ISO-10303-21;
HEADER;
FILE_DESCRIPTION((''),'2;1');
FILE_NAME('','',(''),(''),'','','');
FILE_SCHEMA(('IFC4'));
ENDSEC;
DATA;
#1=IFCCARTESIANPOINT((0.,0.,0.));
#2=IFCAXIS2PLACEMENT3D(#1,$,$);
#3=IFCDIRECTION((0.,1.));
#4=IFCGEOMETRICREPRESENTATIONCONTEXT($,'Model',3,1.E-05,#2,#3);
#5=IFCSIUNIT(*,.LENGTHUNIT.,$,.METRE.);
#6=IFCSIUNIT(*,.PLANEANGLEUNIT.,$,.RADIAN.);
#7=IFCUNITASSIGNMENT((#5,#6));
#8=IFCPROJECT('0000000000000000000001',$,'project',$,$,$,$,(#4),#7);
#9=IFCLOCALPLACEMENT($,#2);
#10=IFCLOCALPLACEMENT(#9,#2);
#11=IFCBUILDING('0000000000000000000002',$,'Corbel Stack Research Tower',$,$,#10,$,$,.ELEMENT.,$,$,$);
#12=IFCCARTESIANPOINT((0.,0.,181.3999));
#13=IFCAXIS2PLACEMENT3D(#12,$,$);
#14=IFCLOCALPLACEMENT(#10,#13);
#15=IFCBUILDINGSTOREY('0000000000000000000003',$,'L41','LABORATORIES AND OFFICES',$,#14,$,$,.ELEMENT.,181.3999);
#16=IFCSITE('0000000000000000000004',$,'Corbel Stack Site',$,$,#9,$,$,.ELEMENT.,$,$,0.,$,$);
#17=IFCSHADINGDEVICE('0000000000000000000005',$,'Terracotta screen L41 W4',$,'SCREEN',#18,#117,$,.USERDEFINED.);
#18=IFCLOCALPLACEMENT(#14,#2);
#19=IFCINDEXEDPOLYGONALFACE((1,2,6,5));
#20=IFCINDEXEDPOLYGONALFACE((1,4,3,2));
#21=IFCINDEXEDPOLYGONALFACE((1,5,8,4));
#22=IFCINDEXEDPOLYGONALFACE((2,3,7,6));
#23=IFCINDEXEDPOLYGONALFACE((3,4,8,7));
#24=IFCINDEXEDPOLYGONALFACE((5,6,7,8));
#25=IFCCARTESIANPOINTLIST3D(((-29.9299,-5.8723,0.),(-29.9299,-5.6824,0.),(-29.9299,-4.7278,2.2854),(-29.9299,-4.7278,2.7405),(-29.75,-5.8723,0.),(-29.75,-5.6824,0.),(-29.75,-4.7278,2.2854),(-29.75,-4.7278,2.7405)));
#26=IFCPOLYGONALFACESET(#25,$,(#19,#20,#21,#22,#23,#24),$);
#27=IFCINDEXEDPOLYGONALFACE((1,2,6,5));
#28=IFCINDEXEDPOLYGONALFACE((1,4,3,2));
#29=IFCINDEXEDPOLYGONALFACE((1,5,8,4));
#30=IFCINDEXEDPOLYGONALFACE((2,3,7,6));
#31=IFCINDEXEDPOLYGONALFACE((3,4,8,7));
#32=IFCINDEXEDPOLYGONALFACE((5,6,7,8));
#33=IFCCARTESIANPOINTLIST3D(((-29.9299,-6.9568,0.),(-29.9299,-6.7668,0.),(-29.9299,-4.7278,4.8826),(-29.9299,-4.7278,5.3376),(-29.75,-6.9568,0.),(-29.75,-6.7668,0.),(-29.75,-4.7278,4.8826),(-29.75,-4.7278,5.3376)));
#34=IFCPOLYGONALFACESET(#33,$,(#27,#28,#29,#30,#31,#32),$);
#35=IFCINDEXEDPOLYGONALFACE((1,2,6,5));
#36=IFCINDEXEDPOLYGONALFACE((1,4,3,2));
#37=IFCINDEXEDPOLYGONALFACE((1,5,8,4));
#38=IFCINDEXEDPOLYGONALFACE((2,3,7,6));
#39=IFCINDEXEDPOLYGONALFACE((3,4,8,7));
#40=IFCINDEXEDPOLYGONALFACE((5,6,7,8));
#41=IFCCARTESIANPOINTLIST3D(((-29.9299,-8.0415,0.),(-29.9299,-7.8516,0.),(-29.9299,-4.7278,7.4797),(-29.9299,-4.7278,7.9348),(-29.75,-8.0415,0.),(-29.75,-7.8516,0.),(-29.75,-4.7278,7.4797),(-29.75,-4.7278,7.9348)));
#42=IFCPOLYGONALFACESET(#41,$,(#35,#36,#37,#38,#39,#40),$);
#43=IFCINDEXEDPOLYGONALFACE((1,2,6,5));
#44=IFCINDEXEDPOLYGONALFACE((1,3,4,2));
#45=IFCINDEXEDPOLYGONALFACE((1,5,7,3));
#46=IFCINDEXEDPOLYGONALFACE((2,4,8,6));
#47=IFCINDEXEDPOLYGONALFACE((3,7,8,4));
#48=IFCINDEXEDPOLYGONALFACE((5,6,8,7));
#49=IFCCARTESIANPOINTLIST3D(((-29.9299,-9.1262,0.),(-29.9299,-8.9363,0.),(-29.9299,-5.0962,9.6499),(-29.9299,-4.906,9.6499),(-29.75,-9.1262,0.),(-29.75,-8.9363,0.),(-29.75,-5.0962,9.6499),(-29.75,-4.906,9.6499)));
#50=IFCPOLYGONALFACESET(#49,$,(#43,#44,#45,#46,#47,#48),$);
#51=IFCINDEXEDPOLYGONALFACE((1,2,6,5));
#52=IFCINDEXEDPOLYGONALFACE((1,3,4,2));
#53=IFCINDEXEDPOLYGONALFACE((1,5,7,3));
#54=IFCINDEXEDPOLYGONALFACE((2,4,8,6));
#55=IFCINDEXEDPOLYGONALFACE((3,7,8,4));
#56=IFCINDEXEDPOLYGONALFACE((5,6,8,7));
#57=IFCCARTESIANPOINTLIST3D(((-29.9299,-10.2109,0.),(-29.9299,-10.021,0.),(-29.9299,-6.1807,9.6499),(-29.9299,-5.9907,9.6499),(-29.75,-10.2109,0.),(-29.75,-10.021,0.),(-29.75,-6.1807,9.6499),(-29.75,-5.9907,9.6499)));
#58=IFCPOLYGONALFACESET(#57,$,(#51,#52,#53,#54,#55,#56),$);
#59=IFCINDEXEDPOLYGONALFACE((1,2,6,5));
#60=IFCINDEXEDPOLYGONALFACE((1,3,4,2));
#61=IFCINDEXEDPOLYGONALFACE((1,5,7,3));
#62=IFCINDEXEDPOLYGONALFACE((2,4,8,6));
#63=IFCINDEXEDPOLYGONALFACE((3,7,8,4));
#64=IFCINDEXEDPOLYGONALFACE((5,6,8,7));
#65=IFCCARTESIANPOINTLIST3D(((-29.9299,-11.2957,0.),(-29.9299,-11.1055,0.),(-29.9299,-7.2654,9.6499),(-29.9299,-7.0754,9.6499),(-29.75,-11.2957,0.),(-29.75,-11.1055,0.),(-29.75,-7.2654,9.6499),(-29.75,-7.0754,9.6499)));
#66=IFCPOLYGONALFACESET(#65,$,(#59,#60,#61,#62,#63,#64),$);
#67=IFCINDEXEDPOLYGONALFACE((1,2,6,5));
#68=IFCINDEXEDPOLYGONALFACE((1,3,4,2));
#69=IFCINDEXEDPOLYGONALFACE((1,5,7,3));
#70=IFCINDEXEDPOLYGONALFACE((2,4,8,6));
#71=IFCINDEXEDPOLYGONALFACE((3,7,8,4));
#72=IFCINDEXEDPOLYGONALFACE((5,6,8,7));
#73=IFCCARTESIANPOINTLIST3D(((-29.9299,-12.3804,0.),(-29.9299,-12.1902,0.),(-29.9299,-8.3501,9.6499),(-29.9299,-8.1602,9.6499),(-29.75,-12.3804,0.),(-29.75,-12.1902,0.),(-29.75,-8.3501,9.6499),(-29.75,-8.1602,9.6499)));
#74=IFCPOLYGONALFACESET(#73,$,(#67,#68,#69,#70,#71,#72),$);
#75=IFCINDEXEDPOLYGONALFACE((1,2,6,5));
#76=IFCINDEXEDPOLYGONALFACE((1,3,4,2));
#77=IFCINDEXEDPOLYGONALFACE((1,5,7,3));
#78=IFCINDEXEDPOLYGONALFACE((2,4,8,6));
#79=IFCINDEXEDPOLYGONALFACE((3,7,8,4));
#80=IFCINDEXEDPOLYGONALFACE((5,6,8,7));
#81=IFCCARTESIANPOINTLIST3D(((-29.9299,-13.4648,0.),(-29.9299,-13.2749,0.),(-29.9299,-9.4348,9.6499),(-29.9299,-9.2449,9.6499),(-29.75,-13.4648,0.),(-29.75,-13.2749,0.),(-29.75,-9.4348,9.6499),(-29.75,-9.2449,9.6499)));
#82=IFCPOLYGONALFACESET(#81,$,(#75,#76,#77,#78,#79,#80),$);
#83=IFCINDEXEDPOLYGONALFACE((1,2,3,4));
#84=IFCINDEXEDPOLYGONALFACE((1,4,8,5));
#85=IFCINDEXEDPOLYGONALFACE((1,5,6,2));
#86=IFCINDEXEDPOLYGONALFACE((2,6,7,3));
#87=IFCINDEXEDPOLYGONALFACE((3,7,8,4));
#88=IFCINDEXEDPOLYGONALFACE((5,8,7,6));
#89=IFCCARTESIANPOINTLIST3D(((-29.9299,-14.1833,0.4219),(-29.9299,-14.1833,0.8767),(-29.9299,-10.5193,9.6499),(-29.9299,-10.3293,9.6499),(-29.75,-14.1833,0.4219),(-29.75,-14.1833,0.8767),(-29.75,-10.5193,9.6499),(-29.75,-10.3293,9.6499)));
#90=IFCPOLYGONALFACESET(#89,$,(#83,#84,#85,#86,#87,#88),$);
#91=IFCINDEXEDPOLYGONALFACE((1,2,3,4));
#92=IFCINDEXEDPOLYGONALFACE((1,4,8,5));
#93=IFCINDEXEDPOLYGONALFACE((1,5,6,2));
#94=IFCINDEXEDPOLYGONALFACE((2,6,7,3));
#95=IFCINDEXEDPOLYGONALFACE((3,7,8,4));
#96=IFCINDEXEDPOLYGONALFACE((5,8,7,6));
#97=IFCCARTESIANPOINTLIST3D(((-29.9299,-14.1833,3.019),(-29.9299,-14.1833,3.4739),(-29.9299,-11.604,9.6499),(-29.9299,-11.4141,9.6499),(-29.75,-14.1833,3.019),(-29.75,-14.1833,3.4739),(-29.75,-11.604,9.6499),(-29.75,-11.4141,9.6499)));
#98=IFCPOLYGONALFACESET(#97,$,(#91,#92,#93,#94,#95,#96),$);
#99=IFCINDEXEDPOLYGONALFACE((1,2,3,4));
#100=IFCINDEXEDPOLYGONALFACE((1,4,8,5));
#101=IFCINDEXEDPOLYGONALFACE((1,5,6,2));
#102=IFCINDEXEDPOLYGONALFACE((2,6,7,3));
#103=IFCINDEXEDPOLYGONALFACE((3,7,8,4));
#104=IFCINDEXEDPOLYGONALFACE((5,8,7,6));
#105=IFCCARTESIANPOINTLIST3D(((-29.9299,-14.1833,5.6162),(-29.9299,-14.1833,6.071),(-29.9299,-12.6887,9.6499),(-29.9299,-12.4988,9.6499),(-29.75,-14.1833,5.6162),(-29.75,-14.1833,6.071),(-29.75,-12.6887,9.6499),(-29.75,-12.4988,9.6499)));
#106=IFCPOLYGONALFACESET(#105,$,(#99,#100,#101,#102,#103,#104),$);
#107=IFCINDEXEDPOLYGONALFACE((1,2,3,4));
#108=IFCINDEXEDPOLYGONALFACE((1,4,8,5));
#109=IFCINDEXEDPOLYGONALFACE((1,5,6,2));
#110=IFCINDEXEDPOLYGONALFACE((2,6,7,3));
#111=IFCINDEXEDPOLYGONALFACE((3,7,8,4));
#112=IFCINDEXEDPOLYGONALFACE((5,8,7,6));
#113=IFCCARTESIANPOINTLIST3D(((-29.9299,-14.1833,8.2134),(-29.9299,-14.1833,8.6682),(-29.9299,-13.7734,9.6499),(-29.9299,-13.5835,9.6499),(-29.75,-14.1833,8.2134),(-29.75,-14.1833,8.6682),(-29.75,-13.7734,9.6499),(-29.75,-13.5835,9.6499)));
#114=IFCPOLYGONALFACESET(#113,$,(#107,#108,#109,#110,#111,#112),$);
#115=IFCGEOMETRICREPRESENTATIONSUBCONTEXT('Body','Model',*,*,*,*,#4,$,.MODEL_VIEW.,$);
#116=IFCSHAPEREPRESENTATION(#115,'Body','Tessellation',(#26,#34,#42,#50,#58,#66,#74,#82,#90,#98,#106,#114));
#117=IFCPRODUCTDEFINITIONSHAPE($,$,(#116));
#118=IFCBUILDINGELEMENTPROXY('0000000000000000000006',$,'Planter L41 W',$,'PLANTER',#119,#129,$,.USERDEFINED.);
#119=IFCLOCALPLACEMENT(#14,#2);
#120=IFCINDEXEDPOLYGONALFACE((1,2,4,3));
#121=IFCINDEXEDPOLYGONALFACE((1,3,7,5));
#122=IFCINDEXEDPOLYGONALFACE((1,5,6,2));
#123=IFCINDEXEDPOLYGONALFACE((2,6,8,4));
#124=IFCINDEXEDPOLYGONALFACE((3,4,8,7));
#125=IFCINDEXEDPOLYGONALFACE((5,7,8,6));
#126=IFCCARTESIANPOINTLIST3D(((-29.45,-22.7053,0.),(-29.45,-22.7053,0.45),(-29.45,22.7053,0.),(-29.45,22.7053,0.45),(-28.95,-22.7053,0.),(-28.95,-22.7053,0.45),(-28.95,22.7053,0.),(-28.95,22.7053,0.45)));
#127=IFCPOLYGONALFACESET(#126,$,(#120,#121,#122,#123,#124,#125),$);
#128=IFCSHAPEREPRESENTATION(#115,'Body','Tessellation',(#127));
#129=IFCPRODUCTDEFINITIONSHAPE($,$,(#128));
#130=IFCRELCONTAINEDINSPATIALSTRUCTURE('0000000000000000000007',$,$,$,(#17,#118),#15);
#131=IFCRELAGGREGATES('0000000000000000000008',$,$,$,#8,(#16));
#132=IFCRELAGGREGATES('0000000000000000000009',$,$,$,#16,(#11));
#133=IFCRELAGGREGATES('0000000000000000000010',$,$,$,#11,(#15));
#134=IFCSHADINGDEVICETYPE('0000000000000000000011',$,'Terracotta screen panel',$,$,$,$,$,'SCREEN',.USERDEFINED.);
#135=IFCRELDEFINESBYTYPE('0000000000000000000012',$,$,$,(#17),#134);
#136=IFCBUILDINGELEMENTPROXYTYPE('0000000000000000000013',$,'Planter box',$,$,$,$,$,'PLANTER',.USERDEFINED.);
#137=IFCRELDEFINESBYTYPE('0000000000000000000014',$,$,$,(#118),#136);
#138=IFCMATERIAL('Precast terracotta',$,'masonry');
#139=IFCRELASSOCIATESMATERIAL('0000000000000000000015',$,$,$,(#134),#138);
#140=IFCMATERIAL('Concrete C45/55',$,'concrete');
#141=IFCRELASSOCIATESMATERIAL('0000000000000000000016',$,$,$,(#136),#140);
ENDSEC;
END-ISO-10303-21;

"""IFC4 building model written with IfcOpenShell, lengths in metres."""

from ifc_helpers import new_model, si_unit, direction, frame, origin, origin_2d, place, context, subcontext, project, spatial, polyline, rectangle, outline, extrude, source, transform, mapped, material, type_object, element, save


model = new_model("IFC4")

# Units and contexts
model_context = context("Model", 3, precision=1e-05, world=origin(), true_north=direction((0.0, 1.0)))
body_context = subcontext(model_context, "Body", "Model", "MODEL_VIEW")
ifc_project = project(units=[si_unit("LENGTHUNIT", "METRE"), si_unit("PLANEANGLEUNIT", "RADIAN")], contexts=[model_context])

# Site, building, storey
site_placement = place(None, origin())
site = spatial("IfcSite", under=ifc_project, at=site_placement, Name="Corbel Stack Site", CompositionType="ELEMENT", RefElevation=0.0)
building_placement = place(site_placement, origin())
building = spatial("IfcBuilding", under=site, at=building_placement, Name="Corbel Stack Research Tower", CompositionType="ELEMENT")
storey_placement = place(building_placement, frame((0.0, 0.0, 181.3999)))
storey = spatial("IfcBuildingStorey", under=building, at=storey_placement, Name="L41", Description="LABORATORIES AND OFFICES", CompositionType="ELEMENT", Elevation=181.3999)

# Shading device
ifc_material_1 = material(Name="Precast terracotta", Category="masonry")
shading_device_type = type_object("IfcShadingDeviceType", Name="Terracotta screen panel", ElementType="SCREEN", PredefinedType="USERDEFINED", material=ifc_material_1)
shared_shape_1 = source(origin(), body_context, "Body", "SweptSolid", [
    extrude(outline(polyline([(1.1445, 0.0), (0.0, 2.7405), (0.0, 2.2854), (0.9546, 0.0), (1.1445, 0.0)])), frame((0.0, 0.0, 0.0), z_axis=(0.0, -1.0, 0.0), x_axis=(1.0, 0.0, 0.0)), (0.0, 0.0, 1.0), 0.1799),
    extrude(outline(polyline([(2.229, 0.0), (0.0, 5.3376), (0.0, 4.8826), (2.0391, 0.0), (2.229, 0.0)])), frame((0.0, 0.0, 0.0), z_axis=(0.0, -1.0, 0.0), x_axis=(1.0, 0.0, 0.0)), (0.0, 0.0, 1.0), 0.1799),
    extrude(outline(polyline([(3.3137, 0.0), (0.0, 7.9348), (0.0, 7.4797), (3.1238, 0.0), (3.3137, 0.0)])), frame((0.0, 0.0, 0.0), z_axis=(0.0, -1.0, 0.0), x_axis=(1.0, 0.0, 0.0)), (0.0, 0.0, 1.0), 0.1799),
    extrude(outline(polyline([(4.3984, 0.0), (0.3684, 9.6499), (0.1782, 9.6499), (4.2085, 0.0), (4.3984, 0.0)])), frame((0.0, 0.0, 0.0), z_axis=(0.0, -1.0, 0.0), x_axis=(1.0, 0.0, 0.0)), (0.0, 0.0, 1.0), 0.1799),
    extrude(outline(polyline([(5.4832, 0.0), (1.4529, 9.6499), (1.2629, 9.6499), (5.2932, 0.0), (5.4832, 0.0)])), frame((0.0, 0.0, 0.0), z_axis=(0.0, -1.0, 0.0), x_axis=(1.0, 0.0, 0.0)), (0.0, 0.0, 1.0), 0.1799),
    extrude(outline(polyline([(6.5679, 0.0), (2.5376, 9.6499), (2.3477, 9.6499), (6.3777, 0.0), (6.5679, 0.0)])), frame((0.0, 0.0, 0.0), z_axis=(0.0, -1.0, 0.0), x_axis=(1.0, 0.0, 0.0)), (0.0, 0.0, 1.0), 0.1799),
    extrude(outline(polyline([(7.6526, 0.0), (3.6223, 9.6499), (3.4324, 9.6499), (7.4624, 0.0), (7.6526, 0.0)])), frame((0.0, 0.0, 0.0), z_axis=(0.0, -1.0, 0.0), x_axis=(1.0, 0.0, 0.0)), (0.0, 0.0, 1.0), 0.1799),
    extrude(outline(polyline([(8.7371, 0.0), (4.707, 9.6499), (4.5171, 9.6499), (8.5471, 0.0), (8.7371, 0.0)])), frame((0.0, 0.0, 0.0), z_axis=(0.0, -1.0, 0.0), x_axis=(1.0, 0.0, 0.0)), (0.0, 0.0, 1.0), 0.1799),
    extrude(outline(polyline([(5.7915, 9.6499), (5.6016, 9.6499), (9.4556, 0.4219), (9.4556, 0.8767), (5.7915, 9.6499)])), frame((0.0, 0.0, 0.0), z_axis=(0.0, -1.0, 0.0), x_axis=(1.0, 0.0, 0.0)), (0.0, 0.0, 1.0), 0.1799),
    extrude(outline(polyline([(6.8762, 9.6499), (6.6863, 9.6499), (9.4556, 3.019), (9.4556, 3.4739), (6.8762, 9.6499)])), frame((0.0, 0.0, 0.0), z_axis=(0.0, -1.0, 0.0), x_axis=(1.0, 0.0, 0.0)), (0.0, 0.0, 1.0), 0.1799),
    extrude(outline(polyline([(7.9609, 9.6499), (7.771, 9.6499), (9.4556, 5.6162), (9.4556, 6.071), (7.9609, 9.6499)])), frame((0.0, 0.0, 0.0), z_axis=(0.0, -1.0, 0.0), x_axis=(1.0, 0.0, 0.0)), (0.0, 0.0, 1.0), 0.1799),
    extrude(outline(polyline([(9.0457, 9.6499), (8.8557, 9.6499), (9.4556, 8.2134), (9.4556, 8.6682), (9.0457, 9.6499)])), frame((0.0, 0.0, 0.0), z_axis=(0.0, -1.0, 0.0), x_axis=(1.0, 0.0, 0.0)), (0.0, 0.0, 1.0), 0.1799),
])
shading_device_1_placement = place(storey_placement, frame((-29.75, -4.7278, 0.0), z_axis=(0.0, 0.0, 1.0), x_axis=(0.0, -1.0, 0.0)))
element("IfcShadingDevice", 1, at=shading_device_1_placement, inside=storey, type_object=shading_device_type, Name="Terracotta screen L41 W4", ObjectType="SCREEN", PredefinedType="USERDEFINED", context=body_context, shape_type="MappedRepresentation", body=[
    mapped(shared_shape_1, transform((0.0, 0.0, 0.0))),
])

# Building element proxy
ifc_material_2 = material(Name="Concrete C45/55", Category="concrete")
building_element_proxy_type = type_object("IfcBuildingElementProxyType", Name="Planter box", ElementType="PLANTER", PredefinedType="USERDEFINED", material=ifc_material_2)
proxy_placement = place(storey_placement, frame((-29.2, 0.0, 0.0), z_axis=(0.0, 0.0, 1.0), x_axis=(0.0, -1.0, 0.0)))
element("IfcBuildingElementProxy", 2, at=proxy_placement, inside=storey, type_object=building_element_proxy_type, Name="Planter L41 W", ObjectType="PLANTER", PredefinedType="USERDEFINED", context=body_context, shape_type="SweptSolid", body=[
    extrude(rectangle(XDim=45.4106, YDim=0.5, at=origin_2d()), origin(), (0.0, 0.0, 1.0), 0.45),
])

save(model, "model.ifc")
